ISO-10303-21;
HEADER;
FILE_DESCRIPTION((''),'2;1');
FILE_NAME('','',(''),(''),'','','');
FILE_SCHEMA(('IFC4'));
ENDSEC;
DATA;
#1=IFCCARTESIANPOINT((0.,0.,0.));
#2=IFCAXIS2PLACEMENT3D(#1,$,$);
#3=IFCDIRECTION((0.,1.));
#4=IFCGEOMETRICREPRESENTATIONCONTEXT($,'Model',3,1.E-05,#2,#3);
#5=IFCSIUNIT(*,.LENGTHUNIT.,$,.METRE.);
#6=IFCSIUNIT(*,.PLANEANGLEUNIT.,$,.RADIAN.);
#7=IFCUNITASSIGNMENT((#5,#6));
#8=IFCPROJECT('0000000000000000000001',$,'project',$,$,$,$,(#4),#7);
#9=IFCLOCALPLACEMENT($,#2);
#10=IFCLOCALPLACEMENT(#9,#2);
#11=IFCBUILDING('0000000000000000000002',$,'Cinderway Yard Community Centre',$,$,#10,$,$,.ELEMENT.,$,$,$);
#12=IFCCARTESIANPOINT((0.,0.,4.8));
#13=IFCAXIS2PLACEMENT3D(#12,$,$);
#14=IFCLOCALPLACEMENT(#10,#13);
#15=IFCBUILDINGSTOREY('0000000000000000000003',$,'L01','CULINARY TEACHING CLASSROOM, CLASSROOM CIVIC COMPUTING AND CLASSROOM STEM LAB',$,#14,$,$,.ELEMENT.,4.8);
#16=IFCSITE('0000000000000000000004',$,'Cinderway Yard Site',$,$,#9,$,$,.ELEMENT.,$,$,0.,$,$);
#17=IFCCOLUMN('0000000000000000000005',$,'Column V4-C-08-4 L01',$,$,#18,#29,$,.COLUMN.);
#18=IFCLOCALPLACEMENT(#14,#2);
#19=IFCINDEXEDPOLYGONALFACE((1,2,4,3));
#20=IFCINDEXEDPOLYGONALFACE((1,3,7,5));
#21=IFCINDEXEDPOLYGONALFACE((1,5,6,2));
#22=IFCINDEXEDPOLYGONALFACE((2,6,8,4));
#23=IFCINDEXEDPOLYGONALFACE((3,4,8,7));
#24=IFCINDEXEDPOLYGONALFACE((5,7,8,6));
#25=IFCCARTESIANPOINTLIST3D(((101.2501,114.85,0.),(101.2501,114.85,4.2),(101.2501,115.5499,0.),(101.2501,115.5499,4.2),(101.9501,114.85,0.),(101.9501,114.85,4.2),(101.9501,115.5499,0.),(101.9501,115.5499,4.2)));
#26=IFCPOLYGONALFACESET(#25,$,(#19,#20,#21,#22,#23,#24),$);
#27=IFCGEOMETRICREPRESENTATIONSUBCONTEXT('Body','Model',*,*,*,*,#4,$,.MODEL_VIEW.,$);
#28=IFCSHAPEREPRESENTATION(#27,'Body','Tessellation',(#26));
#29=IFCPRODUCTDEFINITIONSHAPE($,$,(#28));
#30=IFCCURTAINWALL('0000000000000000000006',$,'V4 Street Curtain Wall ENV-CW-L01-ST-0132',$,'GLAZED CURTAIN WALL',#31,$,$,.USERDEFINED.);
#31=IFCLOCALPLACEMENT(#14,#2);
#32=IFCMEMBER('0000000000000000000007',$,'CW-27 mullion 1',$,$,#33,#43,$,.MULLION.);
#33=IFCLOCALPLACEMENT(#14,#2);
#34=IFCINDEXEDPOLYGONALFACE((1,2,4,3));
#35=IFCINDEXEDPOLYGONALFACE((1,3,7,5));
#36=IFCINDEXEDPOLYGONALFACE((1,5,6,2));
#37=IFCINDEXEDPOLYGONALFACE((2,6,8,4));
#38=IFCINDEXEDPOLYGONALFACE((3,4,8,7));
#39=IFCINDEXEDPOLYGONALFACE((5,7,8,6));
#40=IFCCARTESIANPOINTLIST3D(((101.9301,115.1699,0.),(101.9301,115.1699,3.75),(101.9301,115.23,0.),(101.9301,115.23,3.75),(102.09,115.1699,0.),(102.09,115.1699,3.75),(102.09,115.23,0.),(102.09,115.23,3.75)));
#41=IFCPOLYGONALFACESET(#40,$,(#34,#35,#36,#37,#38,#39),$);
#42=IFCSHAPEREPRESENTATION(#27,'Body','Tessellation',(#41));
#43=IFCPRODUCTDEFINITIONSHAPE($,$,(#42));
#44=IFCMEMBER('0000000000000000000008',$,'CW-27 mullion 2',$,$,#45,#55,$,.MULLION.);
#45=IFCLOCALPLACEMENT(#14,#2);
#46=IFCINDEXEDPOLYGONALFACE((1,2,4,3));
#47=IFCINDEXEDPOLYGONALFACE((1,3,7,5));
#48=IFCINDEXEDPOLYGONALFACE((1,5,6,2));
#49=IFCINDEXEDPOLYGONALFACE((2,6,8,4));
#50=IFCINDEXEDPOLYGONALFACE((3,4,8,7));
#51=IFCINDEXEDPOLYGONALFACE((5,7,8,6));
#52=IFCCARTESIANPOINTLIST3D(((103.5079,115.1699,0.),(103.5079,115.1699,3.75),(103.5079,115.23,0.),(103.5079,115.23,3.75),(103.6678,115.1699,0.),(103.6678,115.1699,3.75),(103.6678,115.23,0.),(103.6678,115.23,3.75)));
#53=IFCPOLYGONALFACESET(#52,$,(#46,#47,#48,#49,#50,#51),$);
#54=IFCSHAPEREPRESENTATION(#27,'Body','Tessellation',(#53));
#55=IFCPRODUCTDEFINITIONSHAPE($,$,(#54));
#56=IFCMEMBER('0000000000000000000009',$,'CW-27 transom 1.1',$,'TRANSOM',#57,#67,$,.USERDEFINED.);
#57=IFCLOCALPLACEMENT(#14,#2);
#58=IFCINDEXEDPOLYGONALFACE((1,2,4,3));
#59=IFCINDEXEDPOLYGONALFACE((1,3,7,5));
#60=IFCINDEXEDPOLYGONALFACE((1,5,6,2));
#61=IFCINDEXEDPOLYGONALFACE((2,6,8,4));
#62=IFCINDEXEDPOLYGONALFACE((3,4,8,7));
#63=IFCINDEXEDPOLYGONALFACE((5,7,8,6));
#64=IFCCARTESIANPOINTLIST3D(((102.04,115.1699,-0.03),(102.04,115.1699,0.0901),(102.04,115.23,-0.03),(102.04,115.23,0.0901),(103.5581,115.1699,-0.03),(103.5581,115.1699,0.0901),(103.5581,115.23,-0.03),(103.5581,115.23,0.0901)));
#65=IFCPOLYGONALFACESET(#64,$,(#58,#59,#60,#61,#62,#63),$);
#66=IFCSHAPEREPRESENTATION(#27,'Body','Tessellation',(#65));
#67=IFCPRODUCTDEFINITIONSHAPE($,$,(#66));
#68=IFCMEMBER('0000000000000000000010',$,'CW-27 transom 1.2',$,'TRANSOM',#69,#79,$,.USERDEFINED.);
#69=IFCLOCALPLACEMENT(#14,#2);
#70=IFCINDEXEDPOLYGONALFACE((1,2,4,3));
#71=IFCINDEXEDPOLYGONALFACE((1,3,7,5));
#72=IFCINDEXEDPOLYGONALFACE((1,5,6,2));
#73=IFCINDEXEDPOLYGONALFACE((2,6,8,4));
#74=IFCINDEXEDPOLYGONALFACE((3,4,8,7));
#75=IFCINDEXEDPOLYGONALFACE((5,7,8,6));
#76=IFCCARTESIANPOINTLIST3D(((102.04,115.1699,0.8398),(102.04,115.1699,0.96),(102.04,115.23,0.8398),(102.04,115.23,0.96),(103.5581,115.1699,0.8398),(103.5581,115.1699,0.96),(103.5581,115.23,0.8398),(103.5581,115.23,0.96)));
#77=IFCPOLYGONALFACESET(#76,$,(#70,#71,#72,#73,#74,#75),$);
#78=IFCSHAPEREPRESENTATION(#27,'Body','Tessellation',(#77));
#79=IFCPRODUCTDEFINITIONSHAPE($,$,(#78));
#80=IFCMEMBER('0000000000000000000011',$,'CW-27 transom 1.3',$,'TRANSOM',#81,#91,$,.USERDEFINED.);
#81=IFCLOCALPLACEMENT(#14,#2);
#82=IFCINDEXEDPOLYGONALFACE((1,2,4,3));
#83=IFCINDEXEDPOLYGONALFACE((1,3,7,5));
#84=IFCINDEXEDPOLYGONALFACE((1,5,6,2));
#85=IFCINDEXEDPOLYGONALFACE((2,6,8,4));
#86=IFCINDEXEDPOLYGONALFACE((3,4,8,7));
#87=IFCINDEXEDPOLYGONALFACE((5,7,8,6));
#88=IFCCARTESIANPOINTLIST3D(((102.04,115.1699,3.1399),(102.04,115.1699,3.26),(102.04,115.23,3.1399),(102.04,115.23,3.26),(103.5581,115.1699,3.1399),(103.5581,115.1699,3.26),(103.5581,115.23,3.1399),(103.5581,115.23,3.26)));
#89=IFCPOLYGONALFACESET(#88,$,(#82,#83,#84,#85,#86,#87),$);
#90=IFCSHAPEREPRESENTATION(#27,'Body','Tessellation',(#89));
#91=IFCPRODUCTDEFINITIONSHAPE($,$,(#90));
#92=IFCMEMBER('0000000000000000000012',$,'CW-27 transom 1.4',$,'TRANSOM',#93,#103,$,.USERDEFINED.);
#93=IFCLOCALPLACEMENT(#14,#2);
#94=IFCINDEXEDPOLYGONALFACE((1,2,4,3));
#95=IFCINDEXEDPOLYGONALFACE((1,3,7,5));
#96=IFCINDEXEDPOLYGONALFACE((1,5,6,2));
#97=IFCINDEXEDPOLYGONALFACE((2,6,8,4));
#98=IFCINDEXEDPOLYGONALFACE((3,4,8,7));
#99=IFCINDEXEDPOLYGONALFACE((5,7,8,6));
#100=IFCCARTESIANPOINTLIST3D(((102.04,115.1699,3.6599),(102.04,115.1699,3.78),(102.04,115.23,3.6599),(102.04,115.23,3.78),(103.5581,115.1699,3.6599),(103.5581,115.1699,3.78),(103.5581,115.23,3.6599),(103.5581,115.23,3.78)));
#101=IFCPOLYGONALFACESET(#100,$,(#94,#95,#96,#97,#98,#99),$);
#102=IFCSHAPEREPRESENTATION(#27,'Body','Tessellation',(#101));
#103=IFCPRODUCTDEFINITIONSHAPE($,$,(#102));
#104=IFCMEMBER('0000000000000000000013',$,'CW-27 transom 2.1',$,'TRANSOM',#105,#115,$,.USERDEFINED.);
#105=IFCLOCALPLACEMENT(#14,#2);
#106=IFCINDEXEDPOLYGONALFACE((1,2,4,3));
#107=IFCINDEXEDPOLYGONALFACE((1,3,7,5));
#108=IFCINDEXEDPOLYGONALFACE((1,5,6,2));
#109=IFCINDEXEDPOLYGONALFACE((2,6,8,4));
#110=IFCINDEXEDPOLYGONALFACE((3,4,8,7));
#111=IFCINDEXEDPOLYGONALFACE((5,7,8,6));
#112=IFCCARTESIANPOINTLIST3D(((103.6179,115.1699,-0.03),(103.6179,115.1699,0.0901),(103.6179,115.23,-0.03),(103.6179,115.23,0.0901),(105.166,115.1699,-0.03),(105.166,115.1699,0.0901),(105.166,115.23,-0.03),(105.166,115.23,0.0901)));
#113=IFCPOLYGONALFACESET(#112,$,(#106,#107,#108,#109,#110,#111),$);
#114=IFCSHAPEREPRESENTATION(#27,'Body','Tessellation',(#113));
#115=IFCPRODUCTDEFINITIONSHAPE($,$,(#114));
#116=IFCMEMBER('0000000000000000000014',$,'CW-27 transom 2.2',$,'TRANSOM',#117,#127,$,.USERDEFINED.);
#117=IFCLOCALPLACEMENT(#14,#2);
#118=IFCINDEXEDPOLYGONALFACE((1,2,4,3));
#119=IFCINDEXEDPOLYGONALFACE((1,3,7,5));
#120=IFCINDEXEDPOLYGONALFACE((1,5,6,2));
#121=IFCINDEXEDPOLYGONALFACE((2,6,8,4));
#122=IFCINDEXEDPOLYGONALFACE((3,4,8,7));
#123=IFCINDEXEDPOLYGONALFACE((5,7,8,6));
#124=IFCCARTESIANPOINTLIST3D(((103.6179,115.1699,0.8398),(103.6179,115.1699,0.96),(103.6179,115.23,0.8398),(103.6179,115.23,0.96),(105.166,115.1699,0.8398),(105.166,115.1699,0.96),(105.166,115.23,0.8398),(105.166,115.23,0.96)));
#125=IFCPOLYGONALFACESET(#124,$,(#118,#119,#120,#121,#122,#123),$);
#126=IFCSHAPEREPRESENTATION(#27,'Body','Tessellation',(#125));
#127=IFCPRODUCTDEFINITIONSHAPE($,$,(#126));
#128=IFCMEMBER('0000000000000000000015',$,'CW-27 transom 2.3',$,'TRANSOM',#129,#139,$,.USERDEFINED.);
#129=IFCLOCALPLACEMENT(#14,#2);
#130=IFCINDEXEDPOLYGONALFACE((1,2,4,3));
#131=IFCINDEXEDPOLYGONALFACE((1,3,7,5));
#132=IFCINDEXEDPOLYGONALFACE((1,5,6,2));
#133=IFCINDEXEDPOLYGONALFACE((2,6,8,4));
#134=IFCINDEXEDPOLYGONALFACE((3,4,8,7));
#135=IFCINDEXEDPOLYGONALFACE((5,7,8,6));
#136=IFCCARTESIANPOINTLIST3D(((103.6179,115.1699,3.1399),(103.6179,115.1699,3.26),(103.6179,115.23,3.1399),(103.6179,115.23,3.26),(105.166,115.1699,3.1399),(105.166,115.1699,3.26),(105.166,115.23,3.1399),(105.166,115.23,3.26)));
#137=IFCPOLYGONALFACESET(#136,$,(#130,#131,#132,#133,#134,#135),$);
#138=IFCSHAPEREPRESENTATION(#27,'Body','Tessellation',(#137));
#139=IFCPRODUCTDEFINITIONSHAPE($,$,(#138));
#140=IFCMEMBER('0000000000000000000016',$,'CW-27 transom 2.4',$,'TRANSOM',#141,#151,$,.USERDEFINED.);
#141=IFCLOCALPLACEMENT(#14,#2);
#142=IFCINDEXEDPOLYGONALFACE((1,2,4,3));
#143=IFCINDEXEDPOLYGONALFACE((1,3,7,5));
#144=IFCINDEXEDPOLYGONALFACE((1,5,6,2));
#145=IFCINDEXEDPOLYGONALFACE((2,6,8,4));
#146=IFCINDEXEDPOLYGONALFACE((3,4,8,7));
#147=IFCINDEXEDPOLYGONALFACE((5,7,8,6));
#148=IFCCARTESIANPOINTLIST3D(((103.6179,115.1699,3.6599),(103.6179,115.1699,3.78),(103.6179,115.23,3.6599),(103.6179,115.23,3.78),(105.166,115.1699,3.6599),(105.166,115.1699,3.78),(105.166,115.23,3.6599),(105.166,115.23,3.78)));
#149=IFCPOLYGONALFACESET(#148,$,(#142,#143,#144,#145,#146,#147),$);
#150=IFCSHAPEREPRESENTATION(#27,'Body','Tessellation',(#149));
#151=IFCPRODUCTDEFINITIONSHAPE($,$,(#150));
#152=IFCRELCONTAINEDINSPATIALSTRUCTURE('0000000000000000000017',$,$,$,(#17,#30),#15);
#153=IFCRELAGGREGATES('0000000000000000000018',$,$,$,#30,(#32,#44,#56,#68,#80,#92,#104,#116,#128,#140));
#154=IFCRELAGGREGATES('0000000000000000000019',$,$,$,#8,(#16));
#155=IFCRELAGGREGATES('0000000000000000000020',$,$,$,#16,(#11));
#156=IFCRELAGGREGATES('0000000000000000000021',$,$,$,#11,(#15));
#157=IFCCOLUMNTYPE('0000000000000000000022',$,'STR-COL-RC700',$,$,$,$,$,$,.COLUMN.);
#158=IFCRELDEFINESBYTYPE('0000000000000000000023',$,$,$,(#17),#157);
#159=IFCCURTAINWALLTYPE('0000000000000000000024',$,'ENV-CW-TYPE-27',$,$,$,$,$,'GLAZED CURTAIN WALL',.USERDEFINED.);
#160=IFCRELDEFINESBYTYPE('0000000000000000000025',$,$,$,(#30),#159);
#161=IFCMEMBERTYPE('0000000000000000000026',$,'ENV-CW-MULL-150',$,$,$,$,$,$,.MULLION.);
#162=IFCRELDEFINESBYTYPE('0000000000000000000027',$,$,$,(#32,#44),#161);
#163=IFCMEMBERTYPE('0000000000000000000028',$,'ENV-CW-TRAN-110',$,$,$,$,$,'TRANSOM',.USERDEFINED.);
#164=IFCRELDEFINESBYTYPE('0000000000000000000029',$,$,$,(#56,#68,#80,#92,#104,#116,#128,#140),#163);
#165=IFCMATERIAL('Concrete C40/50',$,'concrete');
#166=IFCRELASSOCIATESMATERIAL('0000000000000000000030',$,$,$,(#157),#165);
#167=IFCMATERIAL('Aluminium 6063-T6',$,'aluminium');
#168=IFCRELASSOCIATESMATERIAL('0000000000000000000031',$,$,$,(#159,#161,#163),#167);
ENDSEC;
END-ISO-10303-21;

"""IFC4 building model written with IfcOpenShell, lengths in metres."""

from ifc_helpers import new_model, si_unit, direction, frame, origin, origin_2d, place, context, subcontext, project, spatial, rectangle, extrude, material, material_profile, profile_set, type_object, element, aggregate, save


model = new_model("IFC4")

# Units and contexts
model_context = context("Model", 3, precision=1e-05, world=origin(), true_north=direction((0.0, 1.0)))
body_context = subcontext(model_context, "Body", "Model", "MODEL_VIEW")
ifc_project = project(units=[si_unit("LENGTHUNIT", "METRE"), si_unit("PLANEANGLEUNIT", "RADIAN")], contexts=[model_context])

# Site, building, storey
site_placement = place(None, origin())
site = spatial("IfcSite", under=ifc_project, at=site_placement, Name="Cinderway Yard Site", CompositionType="ELEMENT", RefElevation=0.0)
building_placement = place(site_placement, origin())
building = spatial("IfcBuilding", under=site, at=building_placement, Name="Cinderway Yard Community Centre", CompositionType="ELEMENT")
storey_placement = place(building_placement, frame((0.0, 0.0, 4.8)))
storey = spatial("IfcBuildingStorey", under=building, at=storey_placement, Name="L01", Description="CULINARY TEACHING CLASSROOM, CLASSROOM CIVIC COMPUTING AND CLASSROOM STEM LAB", CompositionType="ELEMENT", Elevation=4.8)

# Column
ifc_material_1 = material(Name="Concrete C40/50", Category="concrete")
ifc_material_profile_1 = material_profile(ifc_material_1, rectangle(XDim=0.7, YDim=0.7, at=origin_2d()), Name="Concrete C40/50")
ifc_profile_set_1 = profile_set([ifc_material_profile_1], Name="Concrete C40/50")
column_type = type_object("IfcColumnType", Name="STR-COL-RC700", PredefinedType="COLUMN", material=ifc_profile_set_1)
column_placement = place(storey_placement, frame((101.6001, 115.2, 0.0), z_axis=(0.0, 0.0, 1.0), x_axis=(1.0, 0.0, 0.0)))
element("IfcColumn", 1, at=column_placement, inside=storey, type_object=column_type, Name="Column V4-C-08-4 L01", PredefinedType="COLUMN", context=body_context, shape_type="SweptSolid", body=[
    extrude(rectangle(XDim=0.7, YDim=0.7, at=origin_2d()), origin(), (0.0, 0.0, 1.0), 4.2),
])

# Curtain wall, members
ifc_material_2 = material(Name="Aluminium 6063-T6", Category="aluminium")
curtain_wall_type = type_object("IfcCurtainWallType", Name="ENV-CW-TYPE-27", ElementType="GLAZED CURTAIN WALL", PredefinedType="USERDEFINED", material=ifc_material_2)
curtain_wall_placement = place(storey_placement, origin())
curtain_wall = element("IfcCurtainWall", 2, at=curtain_wall_placement, inside=storey, type_object=curtain_wall_type, Name="V4 Street Curtain Wall ENV-CW-L01-ST-0132", ObjectType="GLAZED CURTAIN WALL", PredefinedType="USERDEFINED")
ifc_material_profile_2 = material_profile(ifc_material_2, rectangle(XDim=0.0601, YDim=0.1599, at=origin_2d()), Name="Aluminium 6063-T6")
ifc_profile_set_2 = profile_set([ifc_material_profile_2], Name="Aluminium 6063-T6")
member_type_1 = type_object("IfcMemberType", Name="ENV-CW-MULL-150", PredefinedType="MULLION", material=ifc_profile_set_2)
member_1_placement = place(storey_placement, frame((102.01, 115.2, 0.0), z_axis=(0.0, 0.0, 1.0), x_axis=(0.0, 1.0, 0.0)))
member_1 = element("IfcMember", 3, at=member_1_placement, type_object=member_type_1, Name="CW-27 mullion 1", PredefinedType="MULLION", context=body_context, shape_type="SweptSolid", body=[
    extrude(rectangle(XDim=0.0601, YDim=0.1599, at=origin_2d()), origin(), (0.0, 0.0, 1.0), 3.75),
])
member_2_placement = place(storey_placement, frame((103.5879, 115.2, 0.0), z_axis=(0.0, 0.0, 1.0), x_axis=(0.0, 1.0, 0.0)))
member_2 = element("IfcMember", 4, at=member_2_placement, type_object=member_type_1, Name="CW-27 mullion 2", PredefinedType="MULLION", context=body_context, shape_type="SweptSolid", body=[
    extrude(rectangle(XDim=0.0601, YDim=0.1599, at=origin_2d()), origin(), (0.0, 0.0, 1.0), 3.75),
])
ifc_material_profile_3 = material_profile(ifc_material_2, rectangle(XDim=0.0601, YDim=0.1201, at=origin_2d()), Name="Aluminium 6063-T6")
ifc_profile_set_3 = profile_set([ifc_material_profile_3], Name="Aluminium 6063-T6")
member_type_2 = type_object("IfcMemberType", Name="ENV-CW-TRAN-110", ElementType="TRANSOM", PredefinedType="USERDEFINED", material=ifc_profile_set_3)
member_3_placement = place(storey_placement, frame((102.04, 115.2, 0.03), z_axis=(1.0, 0.0, 0.0), x_axis=(0.0, 1.0, 0.0)))
member_3 = element("IfcMember", 5, at=member_3_placement, type_object=member_type_2, Name="CW-27 transom 1.1", ObjectType="TRANSOM", PredefinedType="USERDEFINED", context=body_context, shape_type="SweptSolid", body=[
    extrude(rectangle(XDim=0.0601, YDim=0.1201, at=origin_2d()), origin(), (0.0, 0.0, 1.0), 1.5181),
])
member_4_placement = place(storey_placement, frame((102.04, 115.2, 0.8999), z_axis=(1.0, 0.0, 0.0), x_axis=(0.0, 1.0, 0.0)))
member_4 = element("IfcMember", 6, at=member_4_placement, type_object=member_type_2, Name="CW-27 transom 1.2", ObjectType="TRANSOM", PredefinedType="USERDEFINED", context=body_context, shape_type="SweptSolid", body=[
    extrude(rectangle(XDim=0.0601, YDim=0.1201, at=origin_2d()), origin(), (0.0, 0.0, 1.0), 1.5181),
])
member_5_placement = place(storey_placement, frame((102.04, 115.2, 3.2), z_axis=(1.0, 0.0, 0.0), x_axis=(0.0, 1.0, 0.0)))
member_5 = element("IfcMember", 7, at=member_5_placement, type_object=member_type_2, Name="CW-27 transom 1.3", ObjectType="TRANSOM", PredefinedType="USERDEFINED", context=body_context, shape_type="SweptSolid", body=[
    extrude(rectangle(XDim=0.0601, YDim=0.1201, at=origin_2d()), origin(), (0.0, 0.0, 1.0), 1.5181),
])
member_6_placement = place(storey_placement, frame((102.04, 115.2, 3.72), z_axis=(1.0, 0.0, 0.0), x_axis=(0.0, 1.0, 0.0)))
member_6 = element("IfcMember", 8, at=member_6_placement, type_object=member_type_2, Name="CW-27 transom 1.4", ObjectType="TRANSOM", PredefinedType="USERDEFINED", context=body_context, shape_type="SweptSolid", body=[
    extrude(rectangle(XDim=0.0601, YDim=0.1201, at=origin_2d()), origin(), (0.0, 0.0, 1.0), 1.5181),
])
member_7_placement = place(storey_placement, frame((103.6179, 115.2, 0.03), z_axis=(1.0, 0.0, 0.0), x_axis=(0.0, 1.0, 0.0)))
member_7 = element("IfcMember", 9, at=member_7_placement, type_object=member_type_2, Name="CW-27 transom 2.1", ObjectType="TRANSOM", PredefinedType="USERDEFINED", context=body_context, shape_type="SweptSolid", body=[
    extrude(rectangle(XDim=0.0601, YDim=0.1201, at=origin_2d()), origin(), (0.0, 0.0, 1.0), 1.5481),
])
member_8_placement = place(storey_placement, frame((103.6179, 115.2, 0.8999), z_axis=(1.0, 0.0, 0.0), x_axis=(0.0, 1.0, 0.0)))
member_8 = element("IfcMember", 10, at=member_8_placement, type_object=member_type_2, Name="CW-27 transom 2.2", ObjectType="TRANSOM", PredefinedType="USERDEFINED", context=body_context, shape_type="SweptSolid", body=[
    extrude(rectangle(XDim=0.0601, YDim=0.1201, at=origin_2d()), origin(), (0.0, 0.0, 1.0), 1.5481),
])
member_9_placement = place(storey_placement, frame((103.6179, 115.2, 3.2), z_axis=(1.0, 0.0, 0.0), x_axis=(0.0, 1.0, 0.0)))
member_9 = element("IfcMember", 11, at=member_9_placement, type_object=member_type_2, Name="CW-27 transom 2.3", ObjectType="TRANSOM", PredefinedType="USERDEFINED", context=body_context, shape_type="SweptSolid", body=[
    extrude(rectangle(XDim=0.0601, YDim=0.1201, at=origin_2d()), origin(), (0.0, 0.0, 1.0), 1.5481),
])
member_10_placement = place(storey_placement, frame((103.6179, 115.2, 3.72), z_axis=(1.0, 0.0, 0.0), x_axis=(0.0, 1.0, 0.0)))
member_10 = element("IfcMember", 12, at=member_10_placement, type_object=member_type_2, Name="CW-27 transom 2.4", ObjectType="TRANSOM", PredefinedType="USERDEFINED", context=body_context, shape_type="SweptSolid", body=[
    extrude(rectangle(XDim=0.0601, YDim=0.1201, at=origin_2d()), origin(), (0.0, 0.0, 1.0), 1.5481),
])

aggregate(curtain_wall, [member_1, member_2, member_3, member_4, member_5, member_6, member_7, member_8, member_9, member_10])

save(model, "model.ifc")
